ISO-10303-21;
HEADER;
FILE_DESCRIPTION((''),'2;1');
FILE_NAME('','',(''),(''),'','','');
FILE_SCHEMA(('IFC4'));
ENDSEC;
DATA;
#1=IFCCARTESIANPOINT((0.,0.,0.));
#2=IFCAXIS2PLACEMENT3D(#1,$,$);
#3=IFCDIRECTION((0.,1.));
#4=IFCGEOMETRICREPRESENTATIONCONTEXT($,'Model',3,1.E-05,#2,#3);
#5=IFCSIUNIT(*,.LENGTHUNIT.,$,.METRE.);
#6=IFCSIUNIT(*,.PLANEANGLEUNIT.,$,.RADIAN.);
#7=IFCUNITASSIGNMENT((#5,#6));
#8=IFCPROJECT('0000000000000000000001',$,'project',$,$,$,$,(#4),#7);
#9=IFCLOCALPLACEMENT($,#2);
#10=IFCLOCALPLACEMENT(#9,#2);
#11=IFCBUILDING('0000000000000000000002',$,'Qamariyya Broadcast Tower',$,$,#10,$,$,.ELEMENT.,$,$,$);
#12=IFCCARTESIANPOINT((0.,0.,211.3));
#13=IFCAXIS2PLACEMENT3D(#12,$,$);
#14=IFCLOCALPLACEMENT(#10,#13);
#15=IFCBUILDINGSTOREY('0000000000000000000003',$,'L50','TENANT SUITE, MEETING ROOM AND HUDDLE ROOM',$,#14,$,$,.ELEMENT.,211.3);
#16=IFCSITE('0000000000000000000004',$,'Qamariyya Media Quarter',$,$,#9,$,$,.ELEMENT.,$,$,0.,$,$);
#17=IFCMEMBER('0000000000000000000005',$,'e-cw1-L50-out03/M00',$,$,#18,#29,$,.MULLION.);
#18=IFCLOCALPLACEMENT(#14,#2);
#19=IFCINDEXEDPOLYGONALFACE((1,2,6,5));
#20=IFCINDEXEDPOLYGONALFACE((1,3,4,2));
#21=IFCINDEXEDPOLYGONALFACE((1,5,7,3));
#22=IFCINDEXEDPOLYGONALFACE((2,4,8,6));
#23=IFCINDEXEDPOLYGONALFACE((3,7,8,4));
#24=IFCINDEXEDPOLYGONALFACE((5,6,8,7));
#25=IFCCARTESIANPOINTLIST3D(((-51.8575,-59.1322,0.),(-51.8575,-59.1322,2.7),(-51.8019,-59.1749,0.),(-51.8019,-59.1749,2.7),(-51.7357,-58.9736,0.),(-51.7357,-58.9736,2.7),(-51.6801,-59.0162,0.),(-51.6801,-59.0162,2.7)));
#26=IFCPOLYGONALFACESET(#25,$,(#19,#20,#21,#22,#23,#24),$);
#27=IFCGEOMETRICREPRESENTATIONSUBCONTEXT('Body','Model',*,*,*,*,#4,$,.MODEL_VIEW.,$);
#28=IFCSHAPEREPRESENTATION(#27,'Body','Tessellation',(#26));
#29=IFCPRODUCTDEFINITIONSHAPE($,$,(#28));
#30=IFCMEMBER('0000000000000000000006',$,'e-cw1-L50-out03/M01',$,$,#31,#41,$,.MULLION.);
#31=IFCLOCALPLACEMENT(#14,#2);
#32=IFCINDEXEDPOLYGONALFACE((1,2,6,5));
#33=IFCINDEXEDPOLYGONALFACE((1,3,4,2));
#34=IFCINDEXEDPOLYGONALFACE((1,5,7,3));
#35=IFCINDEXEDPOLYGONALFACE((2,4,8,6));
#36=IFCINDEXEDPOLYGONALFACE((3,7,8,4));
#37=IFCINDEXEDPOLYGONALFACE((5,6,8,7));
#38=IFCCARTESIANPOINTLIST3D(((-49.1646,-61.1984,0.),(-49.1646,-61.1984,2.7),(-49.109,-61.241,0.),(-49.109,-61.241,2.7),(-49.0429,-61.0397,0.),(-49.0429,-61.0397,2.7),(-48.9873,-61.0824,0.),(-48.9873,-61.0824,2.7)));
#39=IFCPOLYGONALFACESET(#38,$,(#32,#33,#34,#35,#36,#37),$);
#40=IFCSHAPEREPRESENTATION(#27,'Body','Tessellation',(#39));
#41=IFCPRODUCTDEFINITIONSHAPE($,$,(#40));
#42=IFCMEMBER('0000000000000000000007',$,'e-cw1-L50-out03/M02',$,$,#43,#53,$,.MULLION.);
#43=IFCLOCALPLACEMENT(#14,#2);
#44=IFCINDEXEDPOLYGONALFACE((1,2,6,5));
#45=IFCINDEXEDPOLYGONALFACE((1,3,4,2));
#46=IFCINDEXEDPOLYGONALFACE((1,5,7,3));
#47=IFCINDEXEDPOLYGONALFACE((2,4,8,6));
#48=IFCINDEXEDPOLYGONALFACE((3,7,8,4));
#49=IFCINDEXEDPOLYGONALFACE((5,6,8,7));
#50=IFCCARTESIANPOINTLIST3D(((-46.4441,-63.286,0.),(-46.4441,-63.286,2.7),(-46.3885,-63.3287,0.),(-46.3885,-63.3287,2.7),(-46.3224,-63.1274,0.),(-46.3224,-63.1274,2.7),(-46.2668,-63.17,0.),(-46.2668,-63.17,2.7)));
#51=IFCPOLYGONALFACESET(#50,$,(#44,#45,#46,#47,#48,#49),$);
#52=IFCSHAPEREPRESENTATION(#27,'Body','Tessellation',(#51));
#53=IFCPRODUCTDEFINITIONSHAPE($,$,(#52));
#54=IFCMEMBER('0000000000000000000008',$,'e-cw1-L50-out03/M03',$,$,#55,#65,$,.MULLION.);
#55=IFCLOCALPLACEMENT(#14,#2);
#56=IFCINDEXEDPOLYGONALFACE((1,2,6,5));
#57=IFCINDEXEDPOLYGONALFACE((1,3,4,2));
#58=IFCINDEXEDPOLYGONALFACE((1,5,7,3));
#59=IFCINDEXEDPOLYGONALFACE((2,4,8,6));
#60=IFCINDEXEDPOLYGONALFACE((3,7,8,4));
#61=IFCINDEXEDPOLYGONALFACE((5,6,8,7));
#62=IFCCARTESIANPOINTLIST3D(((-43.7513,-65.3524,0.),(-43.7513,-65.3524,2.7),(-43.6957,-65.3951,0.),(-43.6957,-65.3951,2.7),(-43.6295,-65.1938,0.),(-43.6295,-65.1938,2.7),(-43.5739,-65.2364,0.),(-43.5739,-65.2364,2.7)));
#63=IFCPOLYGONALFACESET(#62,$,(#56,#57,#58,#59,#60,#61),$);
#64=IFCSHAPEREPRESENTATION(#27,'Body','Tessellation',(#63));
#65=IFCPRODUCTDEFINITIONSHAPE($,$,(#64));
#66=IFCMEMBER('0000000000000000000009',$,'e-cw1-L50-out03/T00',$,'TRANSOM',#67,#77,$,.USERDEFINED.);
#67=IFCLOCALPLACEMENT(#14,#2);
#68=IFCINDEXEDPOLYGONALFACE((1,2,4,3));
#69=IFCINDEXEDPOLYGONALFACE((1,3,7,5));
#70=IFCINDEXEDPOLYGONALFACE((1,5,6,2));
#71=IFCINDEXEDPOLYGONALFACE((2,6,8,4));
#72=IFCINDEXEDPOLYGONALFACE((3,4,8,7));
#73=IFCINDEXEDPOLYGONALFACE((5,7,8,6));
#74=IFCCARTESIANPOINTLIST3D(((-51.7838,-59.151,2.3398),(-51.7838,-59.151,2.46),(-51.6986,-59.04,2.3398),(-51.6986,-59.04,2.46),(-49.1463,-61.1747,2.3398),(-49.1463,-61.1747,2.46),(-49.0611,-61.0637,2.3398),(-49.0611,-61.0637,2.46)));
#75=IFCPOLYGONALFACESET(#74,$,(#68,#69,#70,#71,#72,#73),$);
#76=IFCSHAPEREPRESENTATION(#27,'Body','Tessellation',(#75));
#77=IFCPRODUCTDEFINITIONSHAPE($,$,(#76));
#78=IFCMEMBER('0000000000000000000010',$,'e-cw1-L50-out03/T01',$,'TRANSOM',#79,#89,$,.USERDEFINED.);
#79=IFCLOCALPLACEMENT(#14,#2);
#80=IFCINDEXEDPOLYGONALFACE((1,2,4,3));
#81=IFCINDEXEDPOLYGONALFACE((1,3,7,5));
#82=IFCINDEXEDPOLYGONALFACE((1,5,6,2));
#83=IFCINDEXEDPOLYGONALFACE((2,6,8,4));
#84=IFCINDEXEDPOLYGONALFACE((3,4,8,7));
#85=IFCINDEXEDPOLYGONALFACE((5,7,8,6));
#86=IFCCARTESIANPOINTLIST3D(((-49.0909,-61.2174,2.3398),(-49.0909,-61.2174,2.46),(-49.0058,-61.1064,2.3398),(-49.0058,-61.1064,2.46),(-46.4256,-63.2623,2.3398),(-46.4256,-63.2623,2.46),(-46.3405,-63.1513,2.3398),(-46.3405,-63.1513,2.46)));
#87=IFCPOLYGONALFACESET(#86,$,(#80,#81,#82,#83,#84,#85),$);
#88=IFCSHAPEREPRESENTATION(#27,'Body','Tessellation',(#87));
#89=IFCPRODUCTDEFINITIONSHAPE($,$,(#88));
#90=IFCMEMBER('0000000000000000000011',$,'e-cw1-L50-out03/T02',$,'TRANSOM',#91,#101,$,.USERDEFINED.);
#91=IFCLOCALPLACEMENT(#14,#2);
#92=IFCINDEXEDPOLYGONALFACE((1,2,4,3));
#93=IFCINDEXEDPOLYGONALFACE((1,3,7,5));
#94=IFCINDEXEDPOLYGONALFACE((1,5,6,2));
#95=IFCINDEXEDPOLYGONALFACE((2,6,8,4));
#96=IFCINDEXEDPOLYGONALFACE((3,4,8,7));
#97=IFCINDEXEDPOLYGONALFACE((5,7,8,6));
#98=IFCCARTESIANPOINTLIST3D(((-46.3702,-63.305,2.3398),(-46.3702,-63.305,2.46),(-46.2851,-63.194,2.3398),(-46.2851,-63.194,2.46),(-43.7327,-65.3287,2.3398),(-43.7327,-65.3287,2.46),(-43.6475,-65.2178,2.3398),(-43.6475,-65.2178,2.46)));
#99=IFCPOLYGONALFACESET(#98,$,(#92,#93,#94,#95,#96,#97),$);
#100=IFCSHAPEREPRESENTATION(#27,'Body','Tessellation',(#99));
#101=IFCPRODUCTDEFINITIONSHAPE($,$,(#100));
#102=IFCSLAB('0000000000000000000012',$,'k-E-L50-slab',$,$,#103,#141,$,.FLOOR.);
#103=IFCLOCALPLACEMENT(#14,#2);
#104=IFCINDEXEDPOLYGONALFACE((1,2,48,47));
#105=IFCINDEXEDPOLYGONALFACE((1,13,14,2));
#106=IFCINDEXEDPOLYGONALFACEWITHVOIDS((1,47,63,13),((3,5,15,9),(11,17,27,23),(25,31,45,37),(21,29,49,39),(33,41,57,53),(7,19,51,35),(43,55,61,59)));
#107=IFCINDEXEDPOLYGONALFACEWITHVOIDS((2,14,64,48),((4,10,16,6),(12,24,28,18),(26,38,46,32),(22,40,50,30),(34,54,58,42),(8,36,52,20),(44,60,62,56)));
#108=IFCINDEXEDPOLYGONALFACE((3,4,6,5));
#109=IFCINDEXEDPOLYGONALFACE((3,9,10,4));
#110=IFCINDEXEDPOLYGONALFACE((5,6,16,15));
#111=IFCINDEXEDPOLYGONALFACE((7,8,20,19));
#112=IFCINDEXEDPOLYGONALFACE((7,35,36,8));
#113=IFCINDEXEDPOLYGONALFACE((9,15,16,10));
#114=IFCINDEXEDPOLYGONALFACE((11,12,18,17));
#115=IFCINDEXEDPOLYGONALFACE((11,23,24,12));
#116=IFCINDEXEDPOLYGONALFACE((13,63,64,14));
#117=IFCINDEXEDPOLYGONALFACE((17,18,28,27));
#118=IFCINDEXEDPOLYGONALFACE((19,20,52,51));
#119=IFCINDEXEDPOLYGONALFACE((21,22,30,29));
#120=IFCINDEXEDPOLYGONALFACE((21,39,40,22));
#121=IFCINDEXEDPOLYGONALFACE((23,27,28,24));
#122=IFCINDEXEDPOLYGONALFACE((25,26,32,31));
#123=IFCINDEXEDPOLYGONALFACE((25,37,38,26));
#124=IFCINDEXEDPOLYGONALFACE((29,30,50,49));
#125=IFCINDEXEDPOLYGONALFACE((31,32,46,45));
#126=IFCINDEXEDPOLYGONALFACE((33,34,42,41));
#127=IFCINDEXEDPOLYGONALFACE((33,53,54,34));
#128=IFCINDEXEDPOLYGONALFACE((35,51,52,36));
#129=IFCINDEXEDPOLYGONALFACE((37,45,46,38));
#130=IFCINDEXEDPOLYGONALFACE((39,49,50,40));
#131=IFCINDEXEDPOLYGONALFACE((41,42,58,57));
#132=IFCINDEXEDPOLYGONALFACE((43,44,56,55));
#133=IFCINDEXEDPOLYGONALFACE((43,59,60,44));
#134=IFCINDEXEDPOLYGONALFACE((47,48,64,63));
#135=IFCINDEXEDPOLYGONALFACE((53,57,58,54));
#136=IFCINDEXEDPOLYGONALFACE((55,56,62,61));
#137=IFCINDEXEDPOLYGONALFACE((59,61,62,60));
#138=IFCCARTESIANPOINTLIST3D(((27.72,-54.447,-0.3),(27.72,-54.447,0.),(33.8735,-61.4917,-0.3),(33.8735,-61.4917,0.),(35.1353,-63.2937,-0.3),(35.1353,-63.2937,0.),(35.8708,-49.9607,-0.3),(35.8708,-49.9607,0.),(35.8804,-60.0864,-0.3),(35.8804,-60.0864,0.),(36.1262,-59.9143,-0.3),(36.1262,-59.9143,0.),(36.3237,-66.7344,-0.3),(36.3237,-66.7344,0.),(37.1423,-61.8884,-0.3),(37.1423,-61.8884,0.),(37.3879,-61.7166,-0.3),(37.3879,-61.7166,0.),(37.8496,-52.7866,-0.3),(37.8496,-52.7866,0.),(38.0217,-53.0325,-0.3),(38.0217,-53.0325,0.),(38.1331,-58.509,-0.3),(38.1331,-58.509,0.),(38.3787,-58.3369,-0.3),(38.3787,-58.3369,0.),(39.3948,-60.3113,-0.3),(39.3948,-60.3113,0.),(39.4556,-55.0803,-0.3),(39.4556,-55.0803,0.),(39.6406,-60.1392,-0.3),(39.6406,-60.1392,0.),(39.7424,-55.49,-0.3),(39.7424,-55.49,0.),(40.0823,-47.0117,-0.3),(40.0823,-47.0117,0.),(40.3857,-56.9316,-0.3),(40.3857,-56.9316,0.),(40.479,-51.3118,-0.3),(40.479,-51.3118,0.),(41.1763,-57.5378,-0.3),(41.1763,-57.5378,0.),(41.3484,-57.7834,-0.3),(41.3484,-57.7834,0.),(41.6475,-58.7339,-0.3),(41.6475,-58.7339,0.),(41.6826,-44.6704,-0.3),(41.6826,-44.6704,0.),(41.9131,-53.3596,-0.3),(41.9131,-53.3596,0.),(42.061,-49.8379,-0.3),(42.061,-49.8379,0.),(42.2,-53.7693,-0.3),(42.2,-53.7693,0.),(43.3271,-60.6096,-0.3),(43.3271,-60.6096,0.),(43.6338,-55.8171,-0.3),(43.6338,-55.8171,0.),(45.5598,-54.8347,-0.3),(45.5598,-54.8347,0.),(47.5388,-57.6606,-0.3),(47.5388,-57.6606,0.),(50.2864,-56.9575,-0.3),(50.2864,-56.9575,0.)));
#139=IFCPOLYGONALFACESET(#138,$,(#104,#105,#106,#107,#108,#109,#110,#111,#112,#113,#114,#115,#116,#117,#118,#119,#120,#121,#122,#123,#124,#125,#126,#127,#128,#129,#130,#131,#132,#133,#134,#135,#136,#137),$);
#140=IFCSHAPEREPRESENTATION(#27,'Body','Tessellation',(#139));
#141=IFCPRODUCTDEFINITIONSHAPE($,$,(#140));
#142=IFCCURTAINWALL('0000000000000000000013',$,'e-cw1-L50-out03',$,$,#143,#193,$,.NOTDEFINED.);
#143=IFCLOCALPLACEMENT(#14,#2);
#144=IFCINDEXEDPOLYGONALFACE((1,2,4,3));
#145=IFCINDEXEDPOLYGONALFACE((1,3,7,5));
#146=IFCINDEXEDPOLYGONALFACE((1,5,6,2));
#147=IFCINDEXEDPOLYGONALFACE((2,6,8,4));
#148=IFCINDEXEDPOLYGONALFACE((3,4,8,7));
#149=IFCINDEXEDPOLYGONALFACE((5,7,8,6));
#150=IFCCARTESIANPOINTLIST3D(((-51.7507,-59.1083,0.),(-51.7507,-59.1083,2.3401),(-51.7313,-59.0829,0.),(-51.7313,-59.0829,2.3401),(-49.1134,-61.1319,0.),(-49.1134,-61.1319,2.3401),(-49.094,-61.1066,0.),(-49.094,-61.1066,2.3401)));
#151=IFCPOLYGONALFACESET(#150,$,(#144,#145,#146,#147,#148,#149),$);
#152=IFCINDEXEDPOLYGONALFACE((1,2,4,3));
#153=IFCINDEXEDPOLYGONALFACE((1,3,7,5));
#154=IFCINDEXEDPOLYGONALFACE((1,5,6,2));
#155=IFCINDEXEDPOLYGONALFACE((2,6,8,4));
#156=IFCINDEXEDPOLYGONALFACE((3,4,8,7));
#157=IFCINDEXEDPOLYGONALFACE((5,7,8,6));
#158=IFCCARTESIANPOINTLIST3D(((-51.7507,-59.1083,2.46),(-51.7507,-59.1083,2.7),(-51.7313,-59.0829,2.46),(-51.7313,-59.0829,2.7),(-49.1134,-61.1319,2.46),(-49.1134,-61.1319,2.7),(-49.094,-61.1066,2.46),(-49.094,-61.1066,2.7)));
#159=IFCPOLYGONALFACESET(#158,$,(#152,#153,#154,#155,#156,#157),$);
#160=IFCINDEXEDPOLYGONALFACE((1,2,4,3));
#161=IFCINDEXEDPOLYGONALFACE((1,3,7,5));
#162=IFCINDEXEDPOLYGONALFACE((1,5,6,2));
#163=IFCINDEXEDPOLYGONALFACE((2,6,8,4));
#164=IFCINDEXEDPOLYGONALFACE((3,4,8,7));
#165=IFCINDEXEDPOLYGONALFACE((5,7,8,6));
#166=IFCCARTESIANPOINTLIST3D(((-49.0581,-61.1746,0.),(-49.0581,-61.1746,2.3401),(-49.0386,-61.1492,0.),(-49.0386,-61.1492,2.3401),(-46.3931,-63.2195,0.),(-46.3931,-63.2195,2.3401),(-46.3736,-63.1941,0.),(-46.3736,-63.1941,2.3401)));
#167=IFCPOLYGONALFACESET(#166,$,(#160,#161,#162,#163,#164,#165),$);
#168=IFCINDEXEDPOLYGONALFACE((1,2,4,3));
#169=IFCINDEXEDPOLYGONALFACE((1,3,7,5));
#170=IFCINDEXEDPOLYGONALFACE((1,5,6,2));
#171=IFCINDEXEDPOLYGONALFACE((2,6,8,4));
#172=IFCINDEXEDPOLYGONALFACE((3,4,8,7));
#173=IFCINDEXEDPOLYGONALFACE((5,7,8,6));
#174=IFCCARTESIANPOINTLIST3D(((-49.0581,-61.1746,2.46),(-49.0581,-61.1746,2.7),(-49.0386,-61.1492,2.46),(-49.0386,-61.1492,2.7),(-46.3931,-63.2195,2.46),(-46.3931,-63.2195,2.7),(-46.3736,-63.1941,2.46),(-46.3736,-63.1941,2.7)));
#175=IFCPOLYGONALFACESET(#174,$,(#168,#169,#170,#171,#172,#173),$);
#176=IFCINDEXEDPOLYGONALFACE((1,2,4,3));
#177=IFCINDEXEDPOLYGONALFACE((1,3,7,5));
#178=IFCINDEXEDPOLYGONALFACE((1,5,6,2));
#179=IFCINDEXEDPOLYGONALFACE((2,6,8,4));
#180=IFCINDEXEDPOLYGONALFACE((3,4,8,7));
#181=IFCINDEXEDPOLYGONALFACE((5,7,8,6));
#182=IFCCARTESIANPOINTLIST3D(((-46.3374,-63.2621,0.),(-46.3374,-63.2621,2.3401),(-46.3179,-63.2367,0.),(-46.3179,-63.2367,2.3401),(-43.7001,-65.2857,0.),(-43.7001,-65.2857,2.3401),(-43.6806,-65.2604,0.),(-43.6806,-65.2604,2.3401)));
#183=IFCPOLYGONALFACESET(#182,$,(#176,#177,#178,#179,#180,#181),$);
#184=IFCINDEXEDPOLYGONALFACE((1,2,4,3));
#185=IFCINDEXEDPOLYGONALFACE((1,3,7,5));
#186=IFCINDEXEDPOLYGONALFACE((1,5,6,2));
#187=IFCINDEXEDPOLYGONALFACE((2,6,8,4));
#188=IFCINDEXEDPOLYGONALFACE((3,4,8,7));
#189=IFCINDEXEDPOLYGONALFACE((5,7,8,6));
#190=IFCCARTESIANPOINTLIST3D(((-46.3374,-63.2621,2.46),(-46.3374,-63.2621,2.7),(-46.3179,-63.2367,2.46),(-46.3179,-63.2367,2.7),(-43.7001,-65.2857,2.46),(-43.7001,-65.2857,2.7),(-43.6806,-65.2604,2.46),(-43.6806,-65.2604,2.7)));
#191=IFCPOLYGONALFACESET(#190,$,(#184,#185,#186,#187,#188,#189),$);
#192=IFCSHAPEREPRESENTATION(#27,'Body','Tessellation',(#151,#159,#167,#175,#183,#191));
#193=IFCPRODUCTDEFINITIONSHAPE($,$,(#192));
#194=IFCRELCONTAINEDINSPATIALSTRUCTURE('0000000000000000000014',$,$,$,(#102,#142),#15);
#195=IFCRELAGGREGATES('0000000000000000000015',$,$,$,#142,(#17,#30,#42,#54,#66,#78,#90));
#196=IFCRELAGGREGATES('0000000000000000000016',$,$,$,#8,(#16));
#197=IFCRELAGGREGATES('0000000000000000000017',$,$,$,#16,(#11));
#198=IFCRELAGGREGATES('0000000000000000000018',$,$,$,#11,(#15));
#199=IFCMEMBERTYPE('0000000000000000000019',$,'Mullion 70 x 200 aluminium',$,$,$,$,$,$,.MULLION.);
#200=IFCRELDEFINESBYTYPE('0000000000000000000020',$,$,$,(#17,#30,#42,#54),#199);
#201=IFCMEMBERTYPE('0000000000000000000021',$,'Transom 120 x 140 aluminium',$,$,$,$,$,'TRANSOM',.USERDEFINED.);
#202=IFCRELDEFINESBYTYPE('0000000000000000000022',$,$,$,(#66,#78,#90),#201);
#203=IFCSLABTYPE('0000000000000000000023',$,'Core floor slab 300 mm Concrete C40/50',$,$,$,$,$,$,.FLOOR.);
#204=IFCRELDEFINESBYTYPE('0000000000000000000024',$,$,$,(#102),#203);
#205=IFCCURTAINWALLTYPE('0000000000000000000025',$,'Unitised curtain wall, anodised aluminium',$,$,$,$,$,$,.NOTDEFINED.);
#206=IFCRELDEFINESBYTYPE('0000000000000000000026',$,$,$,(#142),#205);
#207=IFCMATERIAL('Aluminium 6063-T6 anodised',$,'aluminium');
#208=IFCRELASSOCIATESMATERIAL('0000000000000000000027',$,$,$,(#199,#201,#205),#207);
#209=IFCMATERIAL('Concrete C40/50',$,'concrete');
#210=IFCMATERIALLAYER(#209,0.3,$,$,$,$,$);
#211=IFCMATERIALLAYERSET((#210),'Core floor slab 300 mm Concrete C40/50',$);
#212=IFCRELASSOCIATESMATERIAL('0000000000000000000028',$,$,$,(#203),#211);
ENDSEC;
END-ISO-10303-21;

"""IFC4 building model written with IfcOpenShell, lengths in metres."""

from ifc_helpers import new_model, si_unit, direction, frame, origin, origin_2d, place, context, subcontext, project, spatial, polyline, rectangle, outline, extrude, material, layer, layer_set, material_profile, profile_set, type_object, element, aggregate, save


model = new_model("IFC4")

# Units and contexts
model_context = context("Model", 3, precision=1e-05, world=origin(), true_north=direction((0.0, 1.0)))
body_context = subcontext(model_context, "Body", "Model", "MODEL_VIEW")
ifc_project = project(units=[si_unit("LENGTHUNIT", "METRE"), si_unit("PLANEANGLEUNIT", "RADIAN")], contexts=[model_context])

# Members
ifc_material_1 = material(Name="Aluminium 6063-T6 anodised", Category="aluminium")
ifc_material_profile_1 = material_profile(ifc_material_1, rectangle(XDim=0.2, YDim=0.0701, at=origin_2d()))
ifc_profile_set_1 = profile_set([ifc_material_profile_1], Name="Aluminium 6063-T6 anodised")
member_type_1 = type_object("IfcMemberType", Name="Mullion 70 x 200 aluminium", PredefinedType="MULLION", material=ifc_profile_set_1)
site_placement = place(None, origin())
building_placement = place(site_placement, origin())
storey_placement = place(building_placement, frame((0.0, 0.0, 211.3)))
member_1_placement = place(storey_placement, frame((-51.7688, -59.0742, 0.0), z_axis=(0.0, 0.0, 1.0), x_axis=(0.608761, 0.793353, 0.0)))
member_1 = element("IfcMember", 1, at=member_1_placement, type_object=member_type_1, Name="e-cw1-L50-out03/M00", PredefinedType="MULLION", context=body_context, shape_type="SweptSolid", body=[
    extrude(rectangle(XDim=0.2, YDim=0.0701, at=origin_2d()), origin(), (0.0, 0.0, 1.0), 2.7),
])
member_2_placement = place(storey_placement, frame((-49.0759, -61.1404, 0.0), z_axis=(0.0, 0.0, 1.0), x_axis=(0.608761, 0.793353, 0.0)))
member_2 = element("IfcMember", 2, at=member_2_placement, type_object=member_type_1, Name="e-cw1-L50-out03/M01", PredefinedType="MULLION", context=body_context, shape_type="SweptSolid", body=[
    extrude(rectangle(XDim=0.2, YDim=0.0701, at=origin_2d()), origin(), (0.0, 0.0, 1.0), 2.7),
])
member_3_placement = place(storey_placement, frame((-46.3555, -63.228, 0.0), z_axis=(0.0, 0.0, 1.0), x_axis=(0.608761, 0.793353, 0.0)))
member_3 = element("IfcMember", 3, at=member_3_placement, type_object=member_type_1, Name="e-cw1-L50-out03/M02", PredefinedType="MULLION", context=body_context, shape_type="SweptSolid", body=[
    extrude(rectangle(XDim=0.2, YDim=0.0701, at=origin_2d()), origin(), (0.0, 0.0, 1.0), 2.7),
])
member_4_placement = place(storey_placement, frame((-43.6626, -65.2944, 0.0), z_axis=(0.0, 0.0, 1.0), x_axis=(0.608761, 0.793353, 0.0)))
member_4 = element("IfcMember", 4, at=member_4_placement, type_object=member_type_1, Name="e-cw1-L50-out03/M03", PredefinedType="MULLION", context=body_context, shape_type="SweptSolid", body=[
    extrude(rectangle(XDim=0.2, YDim=0.0701, at=origin_2d()), origin(), (0.0, 0.0, 1.0), 2.7),
])
ifc_material_profile_2 = material_profile(ifc_material_1, rectangle(XDim=0.1399, YDim=0.1201, at=origin_2d()))
ifc_profile_set_2 = profile_set([ifc_material_profile_2], Name="Aluminium 6063-T6 anodised")
member_type_2 = type_object("IfcMemberType", Name="Transom 120 x 140 aluminium", ElementType="TRANSOM", PredefinedType="USERDEFINED", material=ifc_profile_set_2)
member_5_placement = place(storey_placement, frame((-51.7412, -59.0955, 2.3999), z_axis=(0.793369, -0.608741, 0.0), x_axis=(0.608741, 0.793369, 0.0)))
member_5 = element("IfcMember", 5, at=member_5_placement, type_object=member_type_2, Name="e-cw1-L50-out03/T00", ObjectType="TRANSOM", PredefinedType="USERDEFINED", context=body_context, shape_type="SweptSolid", body=[
    extrude(rectangle(XDim=0.1399, YDim=0.1201, at=origin_2d()), origin(), (0.0, 0.0, 1.0), 3.3245),
])
member_6_placement = place(storey_placement, frame((-49.0483, -61.1619, 2.3999), z_axis=(0.793385, -0.60872, 0.0), x_axis=(0.60872, 0.793385, 0.0)))
member_6 = element("IfcMember", 6, at=member_6_placement, type_object=member_type_2, Name="e-cw1-L50-out03/T01", ObjectType="TRANSOM", PredefinedType="USERDEFINED", context=body_context, shape_type="SweptSolid", body=[
    extrude(rectangle(XDim=0.1399, YDim=0.1201, at=origin_2d()), origin(), (0.0, 0.0, 1.0), 3.3594),
])
member_7_placement = place(storey_placement, frame((-46.3276, -63.2495, 2.3999), z_axis=(0.793369, -0.608741, 0.0), x_axis=(0.608741, 0.793369, 0.0)))
member_7 = element("IfcMember", 7, at=member_7_placement, type_object=member_type_2, Name="e-cw1-L50-out03/T02", ObjectType="TRANSOM", PredefinedType="USERDEFINED", context=body_context, shape_type="SweptSolid", body=[
    extrude(rectangle(XDim=0.1399, YDim=0.1201, at=origin_2d()), origin(), (0.0, 0.0, 1.0), 3.3245),
])

# Site, building, storey
site = spatial("IfcSite", under=ifc_project, at=site_placement, Name="Qamariyya Media Quarter", CompositionType="ELEMENT", RefElevation=0.0)
building = spatial("IfcBuilding", under=site, at=building_placement, Name="Qamariyya Broadcast Tower", CompositionType="ELEMENT")
storey = spatial("IfcBuildingStorey", under=building, at=storey_placement, Name="L50", Description="TENANT SUITE, MEETING ROOM AND HUDDLE ROOM", CompositionType="ELEMENT", Elevation=211.3)

# Slab
ifc_material_2 = material(Name="Concrete C40/50", Category="concrete")
ifc_layer = layer(ifc_material_2, 0.3)
ifc_layer_set = layer_set([ifc_layer], Name="Core floor slab 300 mm Concrete C40/50")
slab_type = type_object("IfcSlabType", Name="Core floor slab 300 mm Concrete C40/50", PredefinedType="FLOOR", material=ifc_layer_set)
slab_placement = place(storey_placement, frame((0.0, 0.0, -0.3)))
element("IfcSlab", 8, at=slab_placement, inside=storey, type_object=slab_type, Name="k-E-L50-slab", PredefinedType="FLOOR", context=body_context, shape_type="SweptSolid", body=[
    extrude(outline(polyline([(36.3237, -66.7344), (50.2864, -56.9575), (41.6826, -44.6704), (27.72, -54.447), (36.3237, -66.7344)]), holes=[polyline([(33.8735, -61.4917), (35.8804, -60.0864), (37.1423, -61.8884), (35.1353, -63.2937), (33.8735, -61.4917)]), polyline([(36.1262, -59.9143), (38.1331, -58.509), (39.3948, -60.3113), (37.3879, -61.7166), (36.1262, -59.9143)]), polyline([(38.3787, -58.3369), (40.3857, -56.9316), (41.6475, -58.7339), (39.6406, -60.1392), (38.3787, -58.3369)]), polyline([(39.7424, -55.49), (42.2, -53.7693), (43.6338, -55.8171), (41.1763, -57.5378), (39.7424, -55.49)]), polyline([(39.4556, -55.0803), (41.9131, -53.3596), (40.479, -51.3118), (38.0217, -53.0325), (39.4556, -55.0803)]), polyline([(40.0823, -47.0117), (35.8708, -49.9607), (37.8496, -52.7866), (42.061, -49.8379), (40.0823, -47.0117)]), polyline([(45.5598, -54.8347), (41.3484, -57.7834), (43.3271, -60.6096), (47.5388, -57.6606), (45.5598, -54.8347)])]), origin(), (0.0, 0.0, 1.0), 0.3),
])

# Curtain wall
curtain_wall_type = type_object("IfcCurtainWallType", Name="Unitised curtain wall, anodised aluminium", PredefinedType="NOTDEFINED", material=ifc_material_1)
curtain_wall_1_placement = place(storey_placement, origin())
curtain_wall_1 = element("IfcCurtainWall", 9, at=curtain_wall_1_placement, inside=storey, type_object=curtain_wall_type, Name="e-cw1-L50-out03", PredefinedType="NOTDEFINED", context=body_context, shape_type="SweptSolid", body=[
    extrude(rectangle(XDim=3.3242, YDim=0.032, at=origin_2d()), frame((-50.4224, -60.1074, 0.0), x_axis=(0.793359, -0.608754, 0.0)), (0.0, 0.0, 1.0), 2.3401),
    extrude(rectangle(XDim=3.3242, YDim=0.032, at=origin_2d()), frame((-50.4224, -60.1074, 2.46), x_axis=(0.793359, -0.608754, 0.0)), (0.0, 0.0, 1.0), 0.24),
    extrude(rectangle(XDim=3.3591, YDim=0.032, at=origin_2d()), frame((-47.7158, -62.1843, 0.0), x_axis=(0.793359, -0.608754, 0.0)), (0.0, 0.0, 1.0), 2.3401),
    extrude(rectangle(XDim=3.3591, YDim=0.032, at=origin_2d()), frame((-47.7158, -62.1843, 2.46), x_axis=(0.793359, -0.608754, 0.0)), (0.0, 0.0, 1.0), 0.24),
    extrude(rectangle(XDim=3.3242, YDim=0.032, at=origin_2d()), frame((-45.009, -64.2612, 0.0), x_axis=(0.793359, -0.608754, 0.0)), (0.0, 0.0, 1.0), 2.3401),
    extrude(rectangle(XDim=3.3242, YDim=0.032, at=origin_2d()), frame((-45.009, -64.2612, 2.46), x_axis=(0.793359, -0.608754, 0.0)), (0.0, 0.0, 1.0), 0.24),
])
aggregate(curtain_wall_1, [member_1, member_2, member_3, member_4, member_5, member_6, member_7])

save(model, "model.ifc")
